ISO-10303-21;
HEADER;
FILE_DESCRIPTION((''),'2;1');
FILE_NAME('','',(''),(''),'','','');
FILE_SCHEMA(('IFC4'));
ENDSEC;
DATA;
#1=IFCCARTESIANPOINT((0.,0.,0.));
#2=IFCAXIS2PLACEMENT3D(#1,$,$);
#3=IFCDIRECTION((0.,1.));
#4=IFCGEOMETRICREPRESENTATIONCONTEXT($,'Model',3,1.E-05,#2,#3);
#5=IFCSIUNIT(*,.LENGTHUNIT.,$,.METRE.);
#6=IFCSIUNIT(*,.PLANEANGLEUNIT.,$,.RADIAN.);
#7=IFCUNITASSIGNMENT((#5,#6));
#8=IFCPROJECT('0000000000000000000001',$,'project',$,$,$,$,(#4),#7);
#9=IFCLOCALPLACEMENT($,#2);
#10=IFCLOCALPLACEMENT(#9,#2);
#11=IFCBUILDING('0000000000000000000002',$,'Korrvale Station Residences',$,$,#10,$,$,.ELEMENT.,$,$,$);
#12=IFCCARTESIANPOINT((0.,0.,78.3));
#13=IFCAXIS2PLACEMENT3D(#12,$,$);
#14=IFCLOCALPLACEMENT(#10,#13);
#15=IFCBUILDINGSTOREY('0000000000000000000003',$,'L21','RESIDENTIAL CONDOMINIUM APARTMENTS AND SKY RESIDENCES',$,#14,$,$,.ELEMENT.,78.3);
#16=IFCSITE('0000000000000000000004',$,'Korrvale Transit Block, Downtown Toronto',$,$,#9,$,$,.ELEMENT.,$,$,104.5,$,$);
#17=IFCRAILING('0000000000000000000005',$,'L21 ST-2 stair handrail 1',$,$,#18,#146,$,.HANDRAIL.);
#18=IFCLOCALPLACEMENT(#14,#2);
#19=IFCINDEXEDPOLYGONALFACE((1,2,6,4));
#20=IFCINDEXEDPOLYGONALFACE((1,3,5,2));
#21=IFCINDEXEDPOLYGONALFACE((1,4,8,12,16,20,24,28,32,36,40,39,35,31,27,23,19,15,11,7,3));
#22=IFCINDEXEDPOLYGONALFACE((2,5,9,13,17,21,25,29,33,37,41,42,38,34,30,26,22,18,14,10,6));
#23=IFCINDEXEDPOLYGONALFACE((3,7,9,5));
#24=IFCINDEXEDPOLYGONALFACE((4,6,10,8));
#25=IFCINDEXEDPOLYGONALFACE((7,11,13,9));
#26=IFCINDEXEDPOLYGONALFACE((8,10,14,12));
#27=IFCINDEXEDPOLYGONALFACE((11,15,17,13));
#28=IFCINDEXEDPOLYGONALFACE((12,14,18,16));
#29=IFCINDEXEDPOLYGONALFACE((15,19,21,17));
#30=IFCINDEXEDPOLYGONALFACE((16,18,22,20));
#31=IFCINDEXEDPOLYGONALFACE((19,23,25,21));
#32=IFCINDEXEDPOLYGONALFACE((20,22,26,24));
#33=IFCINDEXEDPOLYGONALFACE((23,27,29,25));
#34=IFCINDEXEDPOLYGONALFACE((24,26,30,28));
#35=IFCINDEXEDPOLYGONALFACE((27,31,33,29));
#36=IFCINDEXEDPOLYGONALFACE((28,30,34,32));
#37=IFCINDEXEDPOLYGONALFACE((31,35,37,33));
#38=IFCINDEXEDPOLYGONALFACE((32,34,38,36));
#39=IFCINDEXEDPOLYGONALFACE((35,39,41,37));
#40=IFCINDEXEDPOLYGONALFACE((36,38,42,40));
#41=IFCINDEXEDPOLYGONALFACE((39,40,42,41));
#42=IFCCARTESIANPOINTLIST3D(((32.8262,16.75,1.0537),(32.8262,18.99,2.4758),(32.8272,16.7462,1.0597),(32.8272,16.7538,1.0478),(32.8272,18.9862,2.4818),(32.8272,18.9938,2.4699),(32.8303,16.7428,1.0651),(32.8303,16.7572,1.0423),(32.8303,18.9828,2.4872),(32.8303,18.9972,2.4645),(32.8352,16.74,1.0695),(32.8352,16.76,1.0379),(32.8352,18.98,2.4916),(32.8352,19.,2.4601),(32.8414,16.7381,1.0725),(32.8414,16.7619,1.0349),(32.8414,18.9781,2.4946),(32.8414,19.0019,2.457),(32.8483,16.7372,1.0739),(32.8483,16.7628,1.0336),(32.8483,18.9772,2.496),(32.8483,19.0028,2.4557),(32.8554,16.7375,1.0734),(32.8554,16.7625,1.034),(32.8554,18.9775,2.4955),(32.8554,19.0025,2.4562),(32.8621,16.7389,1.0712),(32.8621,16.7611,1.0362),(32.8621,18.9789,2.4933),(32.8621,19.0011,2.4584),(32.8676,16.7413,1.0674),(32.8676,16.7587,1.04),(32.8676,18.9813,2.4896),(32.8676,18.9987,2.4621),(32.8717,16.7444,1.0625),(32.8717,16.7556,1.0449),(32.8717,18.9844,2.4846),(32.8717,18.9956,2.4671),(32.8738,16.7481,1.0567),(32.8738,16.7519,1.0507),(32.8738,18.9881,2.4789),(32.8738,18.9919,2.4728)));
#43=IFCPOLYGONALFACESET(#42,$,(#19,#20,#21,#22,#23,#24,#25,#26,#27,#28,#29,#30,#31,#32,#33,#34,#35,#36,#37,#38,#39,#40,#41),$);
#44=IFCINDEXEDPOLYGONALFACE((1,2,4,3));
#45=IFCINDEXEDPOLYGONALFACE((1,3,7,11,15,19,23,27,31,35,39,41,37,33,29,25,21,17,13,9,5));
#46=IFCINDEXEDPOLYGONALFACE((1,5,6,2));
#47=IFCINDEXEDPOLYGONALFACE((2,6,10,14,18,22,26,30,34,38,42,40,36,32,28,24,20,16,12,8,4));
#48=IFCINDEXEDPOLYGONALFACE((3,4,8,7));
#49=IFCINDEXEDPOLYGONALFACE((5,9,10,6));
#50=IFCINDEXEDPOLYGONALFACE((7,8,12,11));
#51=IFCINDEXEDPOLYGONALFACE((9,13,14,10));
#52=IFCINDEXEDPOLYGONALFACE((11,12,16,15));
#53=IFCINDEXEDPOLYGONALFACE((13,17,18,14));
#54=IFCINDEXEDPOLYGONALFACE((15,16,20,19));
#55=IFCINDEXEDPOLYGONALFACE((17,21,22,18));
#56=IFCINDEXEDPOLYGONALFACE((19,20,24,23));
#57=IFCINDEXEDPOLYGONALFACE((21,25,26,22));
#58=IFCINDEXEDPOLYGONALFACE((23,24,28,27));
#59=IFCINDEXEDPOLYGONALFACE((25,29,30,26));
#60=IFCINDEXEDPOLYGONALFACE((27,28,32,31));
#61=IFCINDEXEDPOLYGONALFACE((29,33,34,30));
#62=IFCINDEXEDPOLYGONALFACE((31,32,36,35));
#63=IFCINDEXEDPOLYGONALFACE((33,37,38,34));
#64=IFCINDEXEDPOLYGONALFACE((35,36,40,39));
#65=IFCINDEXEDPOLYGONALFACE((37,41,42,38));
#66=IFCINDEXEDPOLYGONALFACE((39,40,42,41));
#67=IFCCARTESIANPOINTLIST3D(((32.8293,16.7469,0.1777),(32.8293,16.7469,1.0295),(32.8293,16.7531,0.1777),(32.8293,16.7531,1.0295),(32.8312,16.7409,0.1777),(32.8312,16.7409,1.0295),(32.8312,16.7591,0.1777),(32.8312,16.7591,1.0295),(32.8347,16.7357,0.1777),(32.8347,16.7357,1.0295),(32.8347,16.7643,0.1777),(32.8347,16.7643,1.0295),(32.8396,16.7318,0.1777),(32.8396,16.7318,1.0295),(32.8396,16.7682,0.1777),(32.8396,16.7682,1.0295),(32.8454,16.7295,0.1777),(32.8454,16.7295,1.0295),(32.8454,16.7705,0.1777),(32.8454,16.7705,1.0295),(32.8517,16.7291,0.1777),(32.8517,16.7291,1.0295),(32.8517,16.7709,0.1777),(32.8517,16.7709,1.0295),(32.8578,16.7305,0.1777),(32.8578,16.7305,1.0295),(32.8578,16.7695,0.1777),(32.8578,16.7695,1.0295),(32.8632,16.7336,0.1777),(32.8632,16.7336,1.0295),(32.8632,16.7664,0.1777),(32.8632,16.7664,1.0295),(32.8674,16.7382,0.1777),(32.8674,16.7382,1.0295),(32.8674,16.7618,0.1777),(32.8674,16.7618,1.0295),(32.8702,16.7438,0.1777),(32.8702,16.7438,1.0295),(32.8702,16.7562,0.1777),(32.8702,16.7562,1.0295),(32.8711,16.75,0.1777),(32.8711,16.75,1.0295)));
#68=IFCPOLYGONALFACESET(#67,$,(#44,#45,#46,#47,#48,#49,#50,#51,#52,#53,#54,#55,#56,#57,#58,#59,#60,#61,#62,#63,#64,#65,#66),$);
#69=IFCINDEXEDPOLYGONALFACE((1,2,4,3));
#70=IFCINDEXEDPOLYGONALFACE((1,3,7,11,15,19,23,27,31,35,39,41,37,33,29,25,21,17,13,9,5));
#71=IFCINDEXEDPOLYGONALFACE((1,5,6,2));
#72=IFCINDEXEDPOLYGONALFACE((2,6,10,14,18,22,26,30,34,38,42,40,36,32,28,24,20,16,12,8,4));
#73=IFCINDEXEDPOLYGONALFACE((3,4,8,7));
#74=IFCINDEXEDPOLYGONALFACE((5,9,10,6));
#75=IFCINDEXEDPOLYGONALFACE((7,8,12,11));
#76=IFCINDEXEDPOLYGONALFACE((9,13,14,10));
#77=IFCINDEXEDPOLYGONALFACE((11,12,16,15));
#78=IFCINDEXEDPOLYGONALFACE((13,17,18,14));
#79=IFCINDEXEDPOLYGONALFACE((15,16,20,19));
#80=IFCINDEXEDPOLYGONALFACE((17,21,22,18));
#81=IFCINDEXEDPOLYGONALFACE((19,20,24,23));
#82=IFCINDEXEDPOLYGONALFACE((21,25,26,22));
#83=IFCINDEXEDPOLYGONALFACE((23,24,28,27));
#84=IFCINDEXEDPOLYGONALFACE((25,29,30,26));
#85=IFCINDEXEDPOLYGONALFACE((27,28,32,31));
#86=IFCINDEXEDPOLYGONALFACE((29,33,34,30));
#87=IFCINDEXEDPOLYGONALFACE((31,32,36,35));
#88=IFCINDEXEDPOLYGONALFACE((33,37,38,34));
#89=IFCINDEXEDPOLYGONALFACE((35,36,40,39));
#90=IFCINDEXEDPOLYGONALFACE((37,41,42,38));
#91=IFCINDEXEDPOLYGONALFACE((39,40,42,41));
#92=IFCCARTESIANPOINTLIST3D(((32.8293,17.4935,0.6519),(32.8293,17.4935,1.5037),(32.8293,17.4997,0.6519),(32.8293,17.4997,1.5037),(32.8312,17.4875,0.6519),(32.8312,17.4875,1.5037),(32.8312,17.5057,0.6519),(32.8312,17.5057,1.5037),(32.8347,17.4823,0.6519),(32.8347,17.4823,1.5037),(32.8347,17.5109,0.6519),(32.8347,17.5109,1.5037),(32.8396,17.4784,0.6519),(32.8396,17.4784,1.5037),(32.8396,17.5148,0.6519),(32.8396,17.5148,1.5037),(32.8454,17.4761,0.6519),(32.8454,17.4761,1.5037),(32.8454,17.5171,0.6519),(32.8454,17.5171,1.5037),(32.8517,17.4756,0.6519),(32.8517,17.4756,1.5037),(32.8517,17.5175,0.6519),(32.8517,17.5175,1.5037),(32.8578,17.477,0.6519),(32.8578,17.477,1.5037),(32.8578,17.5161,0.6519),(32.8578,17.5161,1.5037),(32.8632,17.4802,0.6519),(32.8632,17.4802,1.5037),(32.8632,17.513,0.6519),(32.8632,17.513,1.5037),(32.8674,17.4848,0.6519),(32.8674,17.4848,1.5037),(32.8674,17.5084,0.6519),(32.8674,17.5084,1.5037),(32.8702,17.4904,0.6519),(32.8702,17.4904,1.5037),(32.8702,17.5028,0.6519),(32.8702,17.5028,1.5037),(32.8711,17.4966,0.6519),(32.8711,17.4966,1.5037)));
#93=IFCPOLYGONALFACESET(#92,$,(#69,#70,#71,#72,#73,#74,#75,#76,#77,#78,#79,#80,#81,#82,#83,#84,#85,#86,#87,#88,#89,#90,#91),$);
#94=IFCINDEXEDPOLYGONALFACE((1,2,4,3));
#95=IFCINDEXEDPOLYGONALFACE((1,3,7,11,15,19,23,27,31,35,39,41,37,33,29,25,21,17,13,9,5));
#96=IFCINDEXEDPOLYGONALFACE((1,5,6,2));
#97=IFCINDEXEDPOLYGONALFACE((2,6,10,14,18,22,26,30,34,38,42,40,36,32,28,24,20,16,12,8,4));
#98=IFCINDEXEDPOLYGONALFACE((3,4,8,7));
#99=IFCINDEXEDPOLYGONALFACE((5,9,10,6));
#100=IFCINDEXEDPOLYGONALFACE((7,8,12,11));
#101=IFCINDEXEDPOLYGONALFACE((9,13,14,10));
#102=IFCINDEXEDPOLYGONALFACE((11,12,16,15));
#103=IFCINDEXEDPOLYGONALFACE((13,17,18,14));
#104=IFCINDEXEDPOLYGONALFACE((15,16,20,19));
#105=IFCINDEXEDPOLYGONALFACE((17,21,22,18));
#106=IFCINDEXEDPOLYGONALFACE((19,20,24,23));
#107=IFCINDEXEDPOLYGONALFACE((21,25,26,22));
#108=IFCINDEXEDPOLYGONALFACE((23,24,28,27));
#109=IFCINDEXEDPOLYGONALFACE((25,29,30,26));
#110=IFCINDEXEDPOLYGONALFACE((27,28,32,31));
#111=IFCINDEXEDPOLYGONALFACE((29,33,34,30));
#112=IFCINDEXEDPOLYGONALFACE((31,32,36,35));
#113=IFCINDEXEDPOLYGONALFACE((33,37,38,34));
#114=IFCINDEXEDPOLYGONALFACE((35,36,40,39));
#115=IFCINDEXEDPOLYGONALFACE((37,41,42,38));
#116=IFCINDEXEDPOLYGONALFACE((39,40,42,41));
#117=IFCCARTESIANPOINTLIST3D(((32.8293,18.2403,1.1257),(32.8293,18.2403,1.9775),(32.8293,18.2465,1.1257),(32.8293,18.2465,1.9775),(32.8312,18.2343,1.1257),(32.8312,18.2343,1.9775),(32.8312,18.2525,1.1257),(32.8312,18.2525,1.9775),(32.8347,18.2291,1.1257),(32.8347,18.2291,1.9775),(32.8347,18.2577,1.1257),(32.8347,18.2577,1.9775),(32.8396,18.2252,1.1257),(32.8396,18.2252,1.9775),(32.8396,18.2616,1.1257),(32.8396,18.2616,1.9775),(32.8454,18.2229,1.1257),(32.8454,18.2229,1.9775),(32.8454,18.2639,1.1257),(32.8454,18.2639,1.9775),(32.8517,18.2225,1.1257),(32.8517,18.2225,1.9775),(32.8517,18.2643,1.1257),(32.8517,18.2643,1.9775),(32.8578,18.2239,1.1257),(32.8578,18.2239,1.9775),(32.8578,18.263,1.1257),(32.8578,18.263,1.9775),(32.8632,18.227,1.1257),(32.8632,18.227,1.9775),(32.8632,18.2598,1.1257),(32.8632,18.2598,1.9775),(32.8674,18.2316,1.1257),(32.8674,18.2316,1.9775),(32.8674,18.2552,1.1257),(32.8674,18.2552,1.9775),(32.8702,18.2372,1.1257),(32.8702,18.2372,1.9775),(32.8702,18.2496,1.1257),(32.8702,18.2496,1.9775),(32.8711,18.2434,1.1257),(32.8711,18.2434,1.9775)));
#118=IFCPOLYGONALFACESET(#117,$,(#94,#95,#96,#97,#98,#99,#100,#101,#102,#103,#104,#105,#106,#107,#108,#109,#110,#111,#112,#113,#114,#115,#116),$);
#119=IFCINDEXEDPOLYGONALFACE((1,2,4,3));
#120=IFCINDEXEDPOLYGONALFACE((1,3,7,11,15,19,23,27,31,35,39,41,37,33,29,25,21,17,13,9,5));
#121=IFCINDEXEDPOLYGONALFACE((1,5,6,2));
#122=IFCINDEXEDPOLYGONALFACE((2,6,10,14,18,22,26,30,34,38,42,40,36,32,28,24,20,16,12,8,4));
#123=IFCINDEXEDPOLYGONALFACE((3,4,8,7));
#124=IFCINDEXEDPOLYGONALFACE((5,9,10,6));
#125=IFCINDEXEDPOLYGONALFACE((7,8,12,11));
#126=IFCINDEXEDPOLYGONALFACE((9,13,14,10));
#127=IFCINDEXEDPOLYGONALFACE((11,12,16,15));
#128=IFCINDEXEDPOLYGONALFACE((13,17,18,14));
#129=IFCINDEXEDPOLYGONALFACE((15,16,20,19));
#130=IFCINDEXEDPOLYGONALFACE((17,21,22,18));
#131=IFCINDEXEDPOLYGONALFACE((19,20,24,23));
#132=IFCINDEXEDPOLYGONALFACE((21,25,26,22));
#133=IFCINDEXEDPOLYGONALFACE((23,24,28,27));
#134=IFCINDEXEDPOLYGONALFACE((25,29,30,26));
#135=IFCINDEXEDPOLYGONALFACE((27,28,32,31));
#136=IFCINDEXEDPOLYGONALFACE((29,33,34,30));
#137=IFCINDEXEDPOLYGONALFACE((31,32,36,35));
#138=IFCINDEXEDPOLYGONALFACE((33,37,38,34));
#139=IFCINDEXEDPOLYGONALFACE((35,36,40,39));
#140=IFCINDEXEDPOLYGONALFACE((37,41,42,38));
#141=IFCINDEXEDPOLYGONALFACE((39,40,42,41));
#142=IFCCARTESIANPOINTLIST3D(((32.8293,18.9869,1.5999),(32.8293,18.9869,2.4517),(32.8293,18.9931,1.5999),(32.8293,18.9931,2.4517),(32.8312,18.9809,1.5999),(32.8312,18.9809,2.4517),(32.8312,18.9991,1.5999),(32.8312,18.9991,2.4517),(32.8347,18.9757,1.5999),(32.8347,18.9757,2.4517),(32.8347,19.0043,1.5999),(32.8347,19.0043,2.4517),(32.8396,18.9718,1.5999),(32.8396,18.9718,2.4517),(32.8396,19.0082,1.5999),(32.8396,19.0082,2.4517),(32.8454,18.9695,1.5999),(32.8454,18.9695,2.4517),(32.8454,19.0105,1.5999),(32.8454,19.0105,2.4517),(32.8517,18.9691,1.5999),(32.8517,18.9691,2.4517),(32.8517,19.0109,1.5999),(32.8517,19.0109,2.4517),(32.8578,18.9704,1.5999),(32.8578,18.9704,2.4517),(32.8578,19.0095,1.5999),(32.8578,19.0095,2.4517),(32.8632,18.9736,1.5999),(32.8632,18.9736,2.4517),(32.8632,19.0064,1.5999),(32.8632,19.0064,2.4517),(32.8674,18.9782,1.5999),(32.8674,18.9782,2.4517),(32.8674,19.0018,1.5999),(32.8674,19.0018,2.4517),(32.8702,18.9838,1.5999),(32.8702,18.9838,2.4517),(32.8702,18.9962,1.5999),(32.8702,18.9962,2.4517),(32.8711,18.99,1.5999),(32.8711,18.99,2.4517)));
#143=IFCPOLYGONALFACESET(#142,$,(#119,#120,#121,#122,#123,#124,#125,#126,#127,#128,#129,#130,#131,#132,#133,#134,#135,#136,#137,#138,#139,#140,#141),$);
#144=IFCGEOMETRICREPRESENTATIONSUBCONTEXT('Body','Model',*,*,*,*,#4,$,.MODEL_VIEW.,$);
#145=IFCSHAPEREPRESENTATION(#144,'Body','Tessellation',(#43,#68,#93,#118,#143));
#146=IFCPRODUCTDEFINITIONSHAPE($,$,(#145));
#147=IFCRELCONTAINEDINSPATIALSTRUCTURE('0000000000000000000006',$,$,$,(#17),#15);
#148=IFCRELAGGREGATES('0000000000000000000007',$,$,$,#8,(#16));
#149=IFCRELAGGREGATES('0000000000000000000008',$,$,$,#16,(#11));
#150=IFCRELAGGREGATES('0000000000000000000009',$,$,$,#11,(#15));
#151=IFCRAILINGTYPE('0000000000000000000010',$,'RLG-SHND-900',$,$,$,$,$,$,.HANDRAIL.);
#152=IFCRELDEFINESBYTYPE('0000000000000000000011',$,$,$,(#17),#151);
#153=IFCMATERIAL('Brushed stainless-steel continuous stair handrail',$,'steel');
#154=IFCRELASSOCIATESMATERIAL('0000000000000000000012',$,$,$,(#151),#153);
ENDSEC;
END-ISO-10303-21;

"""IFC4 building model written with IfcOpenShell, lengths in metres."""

from ifc_helpers import new_model, si_unit, direction, frame, origin, origin_2d, place, context, subcontext, project, spatial, circle, extrude, material, type_object, element, save


model = new_model("IFC4")

# Units and contexts
model_context = context("Model", 3, precision=1e-05, world=origin(), true_north=direction((0.0, 1.0)))
body_context = subcontext(model_context, "Body", "Model", "MODEL_VIEW")
ifc_project = project(units=[si_unit("LENGTHUNIT", "METRE"), si_unit("PLANEANGLEUNIT", "RADIAN")], contexts=[model_context])

# Site, building, storey
site_placement = place(None, origin())
site = spatial("IfcSite", under=ifc_project, at=site_placement, Name="Korrvale Transit Block, Downtown Toronto", CompositionType="ELEMENT", RefElevation=104.5)
building_placement = place(site_placement, origin())
building = spatial("IfcBuilding", under=site, at=building_placement, Name="Korrvale Station Residences", CompositionType="ELEMENT")
storey_placement = place(building_placement, frame((0.0, 0.0, 78.3)))
storey = spatial("IfcBuildingStorey", under=building, at=storey_placement, Name="L21", Description="RESIDENTIAL CONDOMINIUM APARTMENTS AND SKY RESIDENCES", CompositionType="ELEMENT", Elevation=78.3)

# Railing
ifc_material_1 = material(Name="Brushed stainless-steel continuous stair handrail", Category="steel")
railing_type_1 = type_object("IfcRailingType", Name="RLG-SHND-900", PredefinedType="HANDRAIL", material=ifc_material_1)
railing_1_placement = place(storey_placement, frame((32.8501, 16.75, 0.1777)))
element("IfcRailing", 1, at=railing_1_placement, inside=storey, type_object=railing_type_1, Name="L21 ST-2 stair handrail 1", PredefinedType="HANDRAIL", context=body_context, shape_type="SweptSolid", body=[
    extrude(circle(Radius=0.0239, at=origin_2d()), frame((0.0, 0.0, 0.876), z_axis=(0.0, 0.844229, 0.535982), x_axis=(-1.0, 0.0, 0.0)), (0.0, 0.0, 1.0), 2.6533),
    extrude(circle(Radius=0.021, at=origin_2d()), origin(), (0.0, 0.0, 1.0), 0.8518),
    extrude(circle(Radius=0.021, at=origin_2d()), frame((0.0, 0.7466, 0.4741)), (0.0, 0.0, 1.0), 0.8518),
    extrude(circle(Radius=0.021, at=origin_2d()), frame((0.0, 1.4934, 0.948)), (0.0, 0.0, 1.0), 0.8518),
    extrude(circle(Radius=0.021, at=origin_2d()), frame((0.0, 2.24, 1.4221)), (0.0, 0.0, 1.0), 0.8518),
])

save(model, "model.ifc")
